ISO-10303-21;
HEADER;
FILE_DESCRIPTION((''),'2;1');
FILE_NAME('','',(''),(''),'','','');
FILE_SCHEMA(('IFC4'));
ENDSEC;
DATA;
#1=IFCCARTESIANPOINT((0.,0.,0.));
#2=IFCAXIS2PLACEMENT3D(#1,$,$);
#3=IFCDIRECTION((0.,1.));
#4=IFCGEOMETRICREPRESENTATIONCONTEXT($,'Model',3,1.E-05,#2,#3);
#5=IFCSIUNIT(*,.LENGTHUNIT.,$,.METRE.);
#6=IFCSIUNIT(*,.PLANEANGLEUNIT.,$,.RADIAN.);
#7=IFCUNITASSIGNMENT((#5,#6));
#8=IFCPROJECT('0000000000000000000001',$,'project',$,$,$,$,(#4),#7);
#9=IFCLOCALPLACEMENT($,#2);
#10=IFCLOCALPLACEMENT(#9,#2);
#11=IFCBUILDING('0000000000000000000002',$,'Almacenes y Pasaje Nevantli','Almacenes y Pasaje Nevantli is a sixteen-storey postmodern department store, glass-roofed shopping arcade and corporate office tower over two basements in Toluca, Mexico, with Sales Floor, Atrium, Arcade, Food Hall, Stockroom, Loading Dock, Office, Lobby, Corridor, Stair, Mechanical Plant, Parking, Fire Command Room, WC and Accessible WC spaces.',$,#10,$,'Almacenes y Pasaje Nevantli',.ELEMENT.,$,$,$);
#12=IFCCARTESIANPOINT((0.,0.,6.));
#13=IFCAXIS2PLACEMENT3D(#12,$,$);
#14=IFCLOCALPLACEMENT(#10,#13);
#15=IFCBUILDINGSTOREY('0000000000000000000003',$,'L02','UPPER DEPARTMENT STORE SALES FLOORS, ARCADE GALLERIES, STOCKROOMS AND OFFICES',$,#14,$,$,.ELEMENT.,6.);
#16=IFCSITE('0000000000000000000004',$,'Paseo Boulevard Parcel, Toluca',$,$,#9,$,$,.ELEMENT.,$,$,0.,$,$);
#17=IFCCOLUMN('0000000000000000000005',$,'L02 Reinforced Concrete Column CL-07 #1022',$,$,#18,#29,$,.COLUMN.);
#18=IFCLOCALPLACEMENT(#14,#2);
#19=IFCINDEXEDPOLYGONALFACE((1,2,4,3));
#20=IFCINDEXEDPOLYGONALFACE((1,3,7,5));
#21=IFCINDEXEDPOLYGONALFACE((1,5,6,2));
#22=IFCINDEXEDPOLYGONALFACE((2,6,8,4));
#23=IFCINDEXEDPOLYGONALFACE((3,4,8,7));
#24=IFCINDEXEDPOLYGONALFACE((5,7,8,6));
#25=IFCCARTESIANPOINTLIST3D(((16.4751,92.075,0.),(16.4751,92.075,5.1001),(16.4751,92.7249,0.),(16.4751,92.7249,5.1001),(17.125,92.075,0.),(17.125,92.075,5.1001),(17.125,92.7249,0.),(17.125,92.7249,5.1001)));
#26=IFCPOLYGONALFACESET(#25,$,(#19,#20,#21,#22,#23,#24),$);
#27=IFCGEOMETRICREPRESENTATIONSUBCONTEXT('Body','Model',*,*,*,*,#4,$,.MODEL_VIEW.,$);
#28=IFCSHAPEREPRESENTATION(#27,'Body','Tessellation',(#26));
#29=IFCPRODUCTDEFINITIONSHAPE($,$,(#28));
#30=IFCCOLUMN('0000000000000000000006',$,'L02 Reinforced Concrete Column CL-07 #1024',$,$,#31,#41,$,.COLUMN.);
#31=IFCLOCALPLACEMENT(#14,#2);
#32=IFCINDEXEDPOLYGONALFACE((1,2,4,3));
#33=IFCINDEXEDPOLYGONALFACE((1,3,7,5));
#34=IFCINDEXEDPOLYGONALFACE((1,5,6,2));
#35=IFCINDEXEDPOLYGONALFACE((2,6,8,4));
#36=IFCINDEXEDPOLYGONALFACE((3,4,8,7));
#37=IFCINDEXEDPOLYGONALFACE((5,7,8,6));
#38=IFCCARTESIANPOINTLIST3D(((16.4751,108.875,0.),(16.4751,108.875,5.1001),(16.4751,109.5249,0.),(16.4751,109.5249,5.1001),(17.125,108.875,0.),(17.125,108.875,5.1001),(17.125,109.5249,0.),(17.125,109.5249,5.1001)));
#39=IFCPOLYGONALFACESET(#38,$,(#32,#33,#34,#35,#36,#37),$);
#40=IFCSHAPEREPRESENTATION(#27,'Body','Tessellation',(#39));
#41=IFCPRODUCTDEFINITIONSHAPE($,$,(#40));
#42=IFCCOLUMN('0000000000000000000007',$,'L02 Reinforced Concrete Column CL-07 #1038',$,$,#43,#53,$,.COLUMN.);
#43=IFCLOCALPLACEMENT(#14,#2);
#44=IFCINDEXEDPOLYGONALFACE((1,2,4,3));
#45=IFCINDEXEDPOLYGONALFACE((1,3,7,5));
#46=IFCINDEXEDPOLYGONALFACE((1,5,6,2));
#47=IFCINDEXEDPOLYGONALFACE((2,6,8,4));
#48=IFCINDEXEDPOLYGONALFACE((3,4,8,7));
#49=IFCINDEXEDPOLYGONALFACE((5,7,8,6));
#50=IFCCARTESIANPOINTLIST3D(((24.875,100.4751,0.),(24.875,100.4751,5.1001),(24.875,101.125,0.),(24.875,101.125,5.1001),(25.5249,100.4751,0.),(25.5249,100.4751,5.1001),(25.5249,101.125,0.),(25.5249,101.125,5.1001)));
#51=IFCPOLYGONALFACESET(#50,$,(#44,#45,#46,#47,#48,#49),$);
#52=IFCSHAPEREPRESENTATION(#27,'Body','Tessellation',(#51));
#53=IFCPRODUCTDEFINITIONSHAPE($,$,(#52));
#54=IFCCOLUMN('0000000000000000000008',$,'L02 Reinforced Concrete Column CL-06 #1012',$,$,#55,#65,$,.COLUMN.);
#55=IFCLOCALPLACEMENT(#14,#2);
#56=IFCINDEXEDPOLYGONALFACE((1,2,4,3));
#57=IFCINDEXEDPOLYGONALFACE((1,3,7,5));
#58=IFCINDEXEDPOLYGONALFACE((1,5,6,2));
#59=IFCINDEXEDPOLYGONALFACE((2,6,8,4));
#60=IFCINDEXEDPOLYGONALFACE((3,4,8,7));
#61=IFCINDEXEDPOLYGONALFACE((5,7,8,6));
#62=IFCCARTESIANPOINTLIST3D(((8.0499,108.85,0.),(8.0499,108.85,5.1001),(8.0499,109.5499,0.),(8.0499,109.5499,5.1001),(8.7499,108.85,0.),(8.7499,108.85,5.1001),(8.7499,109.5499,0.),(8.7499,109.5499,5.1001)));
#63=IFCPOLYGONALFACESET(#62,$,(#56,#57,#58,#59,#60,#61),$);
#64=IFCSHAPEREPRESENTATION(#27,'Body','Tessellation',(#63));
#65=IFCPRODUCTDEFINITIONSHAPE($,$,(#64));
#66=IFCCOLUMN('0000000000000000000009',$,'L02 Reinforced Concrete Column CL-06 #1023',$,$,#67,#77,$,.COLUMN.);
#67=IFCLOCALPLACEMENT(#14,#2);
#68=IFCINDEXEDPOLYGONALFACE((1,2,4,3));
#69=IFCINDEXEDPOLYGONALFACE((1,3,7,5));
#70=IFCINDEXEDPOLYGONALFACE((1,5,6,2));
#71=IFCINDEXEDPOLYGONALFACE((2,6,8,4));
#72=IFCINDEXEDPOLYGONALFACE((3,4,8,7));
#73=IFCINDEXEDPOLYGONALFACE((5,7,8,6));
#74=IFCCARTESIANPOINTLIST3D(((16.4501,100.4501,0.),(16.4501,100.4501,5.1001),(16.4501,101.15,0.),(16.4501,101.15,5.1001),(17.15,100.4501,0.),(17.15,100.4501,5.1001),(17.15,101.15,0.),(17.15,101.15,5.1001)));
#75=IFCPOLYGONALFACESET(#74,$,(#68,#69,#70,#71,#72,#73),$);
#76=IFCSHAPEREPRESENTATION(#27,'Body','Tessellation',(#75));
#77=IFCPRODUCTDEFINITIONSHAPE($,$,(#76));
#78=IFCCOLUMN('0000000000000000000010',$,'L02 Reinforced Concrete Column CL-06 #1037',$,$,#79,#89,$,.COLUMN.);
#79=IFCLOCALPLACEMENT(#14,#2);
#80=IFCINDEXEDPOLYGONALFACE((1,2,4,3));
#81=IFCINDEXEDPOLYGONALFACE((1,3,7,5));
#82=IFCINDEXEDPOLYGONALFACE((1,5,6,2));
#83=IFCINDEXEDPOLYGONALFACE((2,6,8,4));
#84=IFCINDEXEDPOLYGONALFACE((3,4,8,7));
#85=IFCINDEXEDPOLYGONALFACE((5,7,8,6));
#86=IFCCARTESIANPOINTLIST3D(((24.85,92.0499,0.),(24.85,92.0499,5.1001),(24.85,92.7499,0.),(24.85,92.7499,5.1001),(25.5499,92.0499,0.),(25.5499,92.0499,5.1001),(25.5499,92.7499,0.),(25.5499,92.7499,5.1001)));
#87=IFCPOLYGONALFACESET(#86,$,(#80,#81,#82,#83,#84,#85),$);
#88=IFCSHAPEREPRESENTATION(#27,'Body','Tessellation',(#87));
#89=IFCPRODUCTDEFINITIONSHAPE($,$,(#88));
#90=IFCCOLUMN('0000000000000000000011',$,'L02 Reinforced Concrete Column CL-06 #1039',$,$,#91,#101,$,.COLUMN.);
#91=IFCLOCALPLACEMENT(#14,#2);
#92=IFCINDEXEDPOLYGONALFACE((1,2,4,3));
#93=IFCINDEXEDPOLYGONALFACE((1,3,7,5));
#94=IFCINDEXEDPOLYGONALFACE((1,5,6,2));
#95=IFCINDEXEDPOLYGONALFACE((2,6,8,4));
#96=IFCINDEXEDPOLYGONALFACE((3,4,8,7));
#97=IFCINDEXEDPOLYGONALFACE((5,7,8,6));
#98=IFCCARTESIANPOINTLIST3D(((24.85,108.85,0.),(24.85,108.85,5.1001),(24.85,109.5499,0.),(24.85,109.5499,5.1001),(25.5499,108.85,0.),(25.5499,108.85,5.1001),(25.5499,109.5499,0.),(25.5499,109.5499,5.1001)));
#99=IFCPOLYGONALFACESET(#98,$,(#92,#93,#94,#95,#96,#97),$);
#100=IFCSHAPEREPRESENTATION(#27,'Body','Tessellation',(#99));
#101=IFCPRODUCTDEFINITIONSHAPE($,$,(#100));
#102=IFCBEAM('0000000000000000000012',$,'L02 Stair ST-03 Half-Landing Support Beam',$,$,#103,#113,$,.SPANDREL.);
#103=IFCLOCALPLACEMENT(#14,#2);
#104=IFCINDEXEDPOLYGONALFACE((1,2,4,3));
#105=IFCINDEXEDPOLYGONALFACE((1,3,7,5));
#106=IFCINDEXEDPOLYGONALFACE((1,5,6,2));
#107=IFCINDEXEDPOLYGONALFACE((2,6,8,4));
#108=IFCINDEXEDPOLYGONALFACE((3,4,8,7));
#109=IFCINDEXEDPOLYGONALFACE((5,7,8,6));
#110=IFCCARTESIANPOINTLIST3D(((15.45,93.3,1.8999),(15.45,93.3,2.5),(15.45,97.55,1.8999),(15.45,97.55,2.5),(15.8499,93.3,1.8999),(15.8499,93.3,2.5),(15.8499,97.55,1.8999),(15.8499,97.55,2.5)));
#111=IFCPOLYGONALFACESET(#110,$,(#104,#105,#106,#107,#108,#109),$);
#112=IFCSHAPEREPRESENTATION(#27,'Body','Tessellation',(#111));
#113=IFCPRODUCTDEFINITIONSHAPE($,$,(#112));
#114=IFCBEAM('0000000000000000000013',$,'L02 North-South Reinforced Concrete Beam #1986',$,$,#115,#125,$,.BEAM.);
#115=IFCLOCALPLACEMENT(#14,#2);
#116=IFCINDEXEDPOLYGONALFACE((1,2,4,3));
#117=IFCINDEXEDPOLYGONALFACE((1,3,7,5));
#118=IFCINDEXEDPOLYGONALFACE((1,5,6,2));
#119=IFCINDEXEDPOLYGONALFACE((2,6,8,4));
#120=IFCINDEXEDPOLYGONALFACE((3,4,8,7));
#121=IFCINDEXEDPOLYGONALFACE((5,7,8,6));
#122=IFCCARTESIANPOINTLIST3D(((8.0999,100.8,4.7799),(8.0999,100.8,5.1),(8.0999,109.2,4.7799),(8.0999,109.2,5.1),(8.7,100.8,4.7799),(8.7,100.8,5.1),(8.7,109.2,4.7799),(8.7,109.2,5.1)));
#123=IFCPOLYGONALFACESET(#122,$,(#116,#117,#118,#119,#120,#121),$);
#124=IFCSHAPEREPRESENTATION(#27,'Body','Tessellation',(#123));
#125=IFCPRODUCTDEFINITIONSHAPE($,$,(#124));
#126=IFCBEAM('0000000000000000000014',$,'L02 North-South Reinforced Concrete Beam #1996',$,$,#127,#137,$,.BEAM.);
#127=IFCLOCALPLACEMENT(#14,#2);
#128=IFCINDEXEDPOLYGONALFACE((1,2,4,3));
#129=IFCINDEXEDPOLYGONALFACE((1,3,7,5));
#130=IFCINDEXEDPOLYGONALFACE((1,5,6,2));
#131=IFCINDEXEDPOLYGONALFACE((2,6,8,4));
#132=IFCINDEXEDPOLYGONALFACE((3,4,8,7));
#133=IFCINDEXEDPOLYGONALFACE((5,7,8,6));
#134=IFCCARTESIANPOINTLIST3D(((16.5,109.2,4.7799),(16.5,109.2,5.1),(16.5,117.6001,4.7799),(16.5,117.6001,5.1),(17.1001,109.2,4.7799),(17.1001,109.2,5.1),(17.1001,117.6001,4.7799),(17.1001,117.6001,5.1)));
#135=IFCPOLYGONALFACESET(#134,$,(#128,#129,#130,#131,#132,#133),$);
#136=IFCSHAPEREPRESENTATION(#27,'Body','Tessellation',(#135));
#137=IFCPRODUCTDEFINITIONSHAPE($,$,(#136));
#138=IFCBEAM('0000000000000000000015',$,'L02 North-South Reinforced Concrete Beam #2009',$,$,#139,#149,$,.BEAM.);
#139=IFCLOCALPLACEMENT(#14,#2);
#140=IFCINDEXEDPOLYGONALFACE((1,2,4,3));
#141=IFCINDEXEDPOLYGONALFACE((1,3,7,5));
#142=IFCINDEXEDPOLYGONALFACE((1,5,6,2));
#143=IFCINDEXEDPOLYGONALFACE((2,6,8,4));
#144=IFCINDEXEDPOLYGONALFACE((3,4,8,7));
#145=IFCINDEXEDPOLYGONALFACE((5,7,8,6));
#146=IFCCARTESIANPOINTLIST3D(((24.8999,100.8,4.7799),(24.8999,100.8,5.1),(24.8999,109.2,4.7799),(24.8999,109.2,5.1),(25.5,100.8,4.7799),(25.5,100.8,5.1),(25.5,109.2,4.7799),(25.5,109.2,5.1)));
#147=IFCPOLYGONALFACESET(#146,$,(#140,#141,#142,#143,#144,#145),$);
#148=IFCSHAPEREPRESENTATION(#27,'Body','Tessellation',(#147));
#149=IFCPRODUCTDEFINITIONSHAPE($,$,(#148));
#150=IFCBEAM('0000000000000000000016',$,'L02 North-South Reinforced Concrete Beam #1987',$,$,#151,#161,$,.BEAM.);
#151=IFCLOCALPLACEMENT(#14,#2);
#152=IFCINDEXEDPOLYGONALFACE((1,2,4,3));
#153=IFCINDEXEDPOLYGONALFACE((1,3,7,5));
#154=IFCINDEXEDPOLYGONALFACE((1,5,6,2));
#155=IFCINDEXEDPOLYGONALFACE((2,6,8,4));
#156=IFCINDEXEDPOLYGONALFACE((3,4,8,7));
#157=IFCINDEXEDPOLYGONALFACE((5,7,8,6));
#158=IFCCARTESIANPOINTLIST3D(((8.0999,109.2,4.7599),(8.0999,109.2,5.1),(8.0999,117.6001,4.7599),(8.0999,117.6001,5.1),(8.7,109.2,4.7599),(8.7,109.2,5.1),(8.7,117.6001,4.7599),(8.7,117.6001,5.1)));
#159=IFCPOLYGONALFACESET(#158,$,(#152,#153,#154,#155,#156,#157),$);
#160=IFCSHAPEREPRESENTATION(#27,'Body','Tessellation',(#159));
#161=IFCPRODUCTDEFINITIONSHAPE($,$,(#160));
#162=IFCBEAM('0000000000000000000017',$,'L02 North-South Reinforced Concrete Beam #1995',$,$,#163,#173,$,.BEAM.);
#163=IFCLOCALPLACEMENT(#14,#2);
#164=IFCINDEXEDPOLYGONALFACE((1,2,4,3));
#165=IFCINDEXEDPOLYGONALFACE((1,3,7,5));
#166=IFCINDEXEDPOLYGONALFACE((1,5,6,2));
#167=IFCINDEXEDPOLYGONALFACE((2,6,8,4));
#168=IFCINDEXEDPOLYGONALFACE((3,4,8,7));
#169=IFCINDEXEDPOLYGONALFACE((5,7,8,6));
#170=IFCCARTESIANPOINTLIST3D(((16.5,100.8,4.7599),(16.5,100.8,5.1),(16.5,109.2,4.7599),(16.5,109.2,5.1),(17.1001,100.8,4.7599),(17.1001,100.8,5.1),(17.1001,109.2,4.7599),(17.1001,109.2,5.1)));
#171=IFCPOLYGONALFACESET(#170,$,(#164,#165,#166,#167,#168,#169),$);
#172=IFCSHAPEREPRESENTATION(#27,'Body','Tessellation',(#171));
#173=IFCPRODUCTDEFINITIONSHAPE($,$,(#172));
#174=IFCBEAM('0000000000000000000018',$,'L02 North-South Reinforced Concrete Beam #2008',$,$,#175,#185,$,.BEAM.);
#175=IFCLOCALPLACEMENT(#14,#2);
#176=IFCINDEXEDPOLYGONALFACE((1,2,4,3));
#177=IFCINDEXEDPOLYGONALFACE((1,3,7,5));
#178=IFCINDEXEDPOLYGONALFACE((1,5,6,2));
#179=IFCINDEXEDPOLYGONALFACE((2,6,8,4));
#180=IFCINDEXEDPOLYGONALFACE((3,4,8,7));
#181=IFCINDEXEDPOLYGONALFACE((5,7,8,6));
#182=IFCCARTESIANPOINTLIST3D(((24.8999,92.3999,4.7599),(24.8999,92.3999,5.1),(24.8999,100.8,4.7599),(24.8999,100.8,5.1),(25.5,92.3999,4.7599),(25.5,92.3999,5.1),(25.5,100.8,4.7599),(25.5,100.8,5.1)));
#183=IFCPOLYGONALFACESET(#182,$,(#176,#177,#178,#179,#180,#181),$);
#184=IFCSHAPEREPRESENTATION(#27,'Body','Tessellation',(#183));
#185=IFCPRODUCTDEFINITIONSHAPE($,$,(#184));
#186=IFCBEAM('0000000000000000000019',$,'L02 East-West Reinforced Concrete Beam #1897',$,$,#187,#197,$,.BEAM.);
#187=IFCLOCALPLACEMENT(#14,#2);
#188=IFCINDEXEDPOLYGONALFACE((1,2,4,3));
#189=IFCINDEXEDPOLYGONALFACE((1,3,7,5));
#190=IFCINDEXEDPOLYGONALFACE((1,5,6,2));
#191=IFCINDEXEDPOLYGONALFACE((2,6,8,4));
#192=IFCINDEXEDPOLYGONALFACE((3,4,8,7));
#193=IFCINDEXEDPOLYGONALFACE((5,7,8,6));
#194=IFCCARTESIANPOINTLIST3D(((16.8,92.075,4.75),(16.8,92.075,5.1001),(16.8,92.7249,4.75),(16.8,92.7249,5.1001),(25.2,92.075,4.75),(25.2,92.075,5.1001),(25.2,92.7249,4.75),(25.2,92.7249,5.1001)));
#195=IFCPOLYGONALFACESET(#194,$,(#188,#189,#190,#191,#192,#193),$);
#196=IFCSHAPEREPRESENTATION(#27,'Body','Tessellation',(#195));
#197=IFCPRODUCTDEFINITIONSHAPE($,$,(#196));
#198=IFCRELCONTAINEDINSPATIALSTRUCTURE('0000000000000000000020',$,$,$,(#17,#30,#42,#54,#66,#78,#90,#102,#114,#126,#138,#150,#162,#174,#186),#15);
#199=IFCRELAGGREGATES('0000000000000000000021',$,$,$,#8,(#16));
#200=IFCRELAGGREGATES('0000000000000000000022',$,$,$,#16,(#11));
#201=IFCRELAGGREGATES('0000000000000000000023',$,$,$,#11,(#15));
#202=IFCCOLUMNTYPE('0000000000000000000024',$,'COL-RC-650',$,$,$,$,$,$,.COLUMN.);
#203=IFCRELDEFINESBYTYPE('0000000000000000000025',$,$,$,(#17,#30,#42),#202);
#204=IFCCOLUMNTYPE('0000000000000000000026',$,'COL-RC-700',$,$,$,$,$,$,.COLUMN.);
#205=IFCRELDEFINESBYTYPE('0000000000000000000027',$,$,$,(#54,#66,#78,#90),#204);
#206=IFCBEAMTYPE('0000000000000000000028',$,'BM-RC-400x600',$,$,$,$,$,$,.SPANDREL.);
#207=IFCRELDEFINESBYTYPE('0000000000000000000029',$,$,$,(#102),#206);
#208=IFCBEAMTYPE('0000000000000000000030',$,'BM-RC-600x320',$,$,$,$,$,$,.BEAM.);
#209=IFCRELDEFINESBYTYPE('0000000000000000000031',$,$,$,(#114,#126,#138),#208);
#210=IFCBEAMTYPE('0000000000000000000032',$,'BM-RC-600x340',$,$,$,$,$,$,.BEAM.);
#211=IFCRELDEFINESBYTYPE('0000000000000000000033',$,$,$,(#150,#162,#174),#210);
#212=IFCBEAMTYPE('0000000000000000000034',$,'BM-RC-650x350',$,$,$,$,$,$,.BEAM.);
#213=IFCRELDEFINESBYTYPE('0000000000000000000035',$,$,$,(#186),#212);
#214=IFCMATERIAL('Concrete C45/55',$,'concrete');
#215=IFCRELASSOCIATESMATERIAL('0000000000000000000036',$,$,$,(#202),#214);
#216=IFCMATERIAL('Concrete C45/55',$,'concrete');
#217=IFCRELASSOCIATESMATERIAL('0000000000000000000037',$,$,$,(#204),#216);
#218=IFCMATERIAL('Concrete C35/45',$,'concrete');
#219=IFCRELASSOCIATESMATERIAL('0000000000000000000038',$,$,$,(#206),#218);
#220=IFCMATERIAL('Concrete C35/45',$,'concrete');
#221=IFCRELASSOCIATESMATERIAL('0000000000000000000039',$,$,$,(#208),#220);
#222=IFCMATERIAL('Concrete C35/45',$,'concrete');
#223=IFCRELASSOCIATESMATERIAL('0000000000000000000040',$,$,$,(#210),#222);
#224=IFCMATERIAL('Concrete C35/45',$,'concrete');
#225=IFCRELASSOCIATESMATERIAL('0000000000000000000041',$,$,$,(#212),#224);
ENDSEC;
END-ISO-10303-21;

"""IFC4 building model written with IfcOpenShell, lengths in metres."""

from ifc_helpers import new_model, si_unit, direction, frame, origin, origin_2d, place, context, subcontext, project, spatial, rectangle, extrude, material, material_profile, profile_set, type_object, element, save


model = new_model("IFC4")

# Units and contexts
model_context = context("Model", 3, precision=1e-05, world=origin(), true_north=direction((0.0, 1.0)))
body_context = subcontext(model_context, "Body", "Model", "MODEL_VIEW")
ifc_project = project(units=[si_unit("LENGTHUNIT", "METRE"), si_unit("PLANEANGLEUNIT", "RADIAN")], contexts=[model_context])

# Site, building, storey
site_placement = place(None, origin())
site = spatial("IfcSite", under=ifc_project, at=site_placement, Name="Paseo Boulevard Parcel, Toluca", CompositionType="ELEMENT", RefElevation=0.0)
building_placement = place(site_placement, origin())
building = spatial("IfcBuilding", under=site, at=building_placement, Name="Almacenes y Pasaje Nevantli", Description="Almacenes y Pasaje Nevantli is a sixteen-storey postmodern department store, glass-roofed shopping arcade and corporate office tower over two basements in Toluca, Mexico, with Sales Floor, Atrium, Arcade, Food Hall, Stockroom, Loading Dock, Office, Lobby, Corridor, Stair, Mechanical Plant, Parking, Fire Command Room, WC and Accessible WC spaces.", LongName="Almacenes y Pasaje Nevantli", CompositionType="ELEMENT")
storey_placement = place(building_placement, frame((0.0, 0.0, 6.0)))
storey = spatial("IfcBuildingStorey", under=building, at=storey_placement, Name="L02", Description="UPPER DEPARTMENT STORE SALES FLOORS, ARCADE GALLERIES, STOCKROOMS AND OFFICES", CompositionType="ELEMENT", Elevation=6.0)

# Columns
ifc_material_1 = material(Name="Concrete C45/55", Category="concrete")
ifc_material_profile_1 = material_profile(ifc_material_1, rectangle(XDim=0.6499, YDim=0.6499, at=origin_2d()), Name="RC-COL-650x650")
ifc_profile_set_1 = profile_set([ifc_material_profile_1], Name="Concrete C45/55")
column_type_1 = type_object("IfcColumnType", Name="COL-RC-650", PredefinedType="COLUMN", material=ifc_profile_set_1)
for number, where, z_axis, x_axis, name in (
    (1, (16.8, 92.3999, 0.0), (0.0, 0.0, 1.0), (1.0, 0.0, 0.0), "L02 Reinforced Concrete Column CL-07 #1022"),
    (2, (16.8, 109.2, 0.0), (0.0, 0.0, 1.0), (1.0, 0.0, 0.0), "L02 Reinforced Concrete Column CL-07 #1024"),
    (3, (25.2, 100.8, 0.0), (0.0, 0.0, 1.0), (1.0, 0.0, 0.0), "L02 Reinforced Concrete Column CL-07 #1038"),
):
    element("IfcColumn", number, at=place(storey_placement, frame(where, z_axis=z_axis, x_axis=x_axis)), inside=storey, type_object=column_type_1, Name=name, PredefinedType="COLUMN", context=body_context, shape_type="SweptSolid", body=[
        extrude(rectangle(XDim=0.6499, YDim=0.6499, at=origin_2d()), origin(), (0.0, 0.0, 1.0), 5.1001),
    ])
ifc_material_2 = material(Name="Concrete C45/55", Category="concrete")
ifc_material_profile_2 = material_profile(ifc_material_2, rectangle(XDim=0.7, YDim=0.7, at=origin_2d()), Name="RC-COL-700x700")
ifc_profile_set_2 = profile_set([ifc_material_profile_2], Name="Concrete C45/55")
column_type_2 = type_object("IfcColumnType", Name="COL-RC-700", PredefinedType="COLUMN", material=ifc_profile_set_2)
for number, where, z_axis, x_axis, name in (
    (4, (8.3999, 109.2, 0.0), (0.0, 0.0, 1.0), (1.0, 0.0, 0.0), "L02 Reinforced Concrete Column CL-06 #1012"),
    (5, (16.8, 100.8, 0.0), (0.0, 0.0, 1.0), (1.0, 0.0, 0.0), "L02 Reinforced Concrete Column CL-06 #1023"),
    (6, (25.2, 92.3999, 0.0), (0.0, 0.0, 1.0), (1.0, 0.0, 0.0), "L02 Reinforced Concrete Column CL-06 #1037"),
    (7, (25.2, 109.2, 0.0), (0.0, 0.0, 1.0), (1.0, 0.0, 0.0), "L02 Reinforced Concrete Column CL-06 #1039"),
):
    element("IfcColumn", number, at=place(storey_placement, frame(where, z_axis=z_axis, x_axis=x_axis)), inside=storey, type_object=column_type_2, Name=name, PredefinedType="COLUMN", context=body_context, shape_type="SweptSolid", body=[
        extrude(rectangle(XDim=0.7, YDim=0.7, at=origin_2d()), origin(), (0.0, 0.0, 1.0), 5.1001),
    ])

# Beams
ifc_material_3 = material(Name="Concrete C35/45", Category="concrete")
ifc_material_profile_3 = material_profile(ifc_material_3, rectangle(XDim=0.3999, YDim=0.6001, at=origin_2d()), Name="RC-BM-400x600")
ifc_profile_set_3 = profile_set([ifc_material_profile_3], Name="Concrete C35/45")
beam_type_1 = type_object("IfcBeamType", Name="BM-RC-400x600", PredefinedType="SPANDREL", material=ifc_profile_set_3)
beam_1_placement = place(storey_placement, frame((15.6499, 93.3, 2.2), z_axis=(0.0, 1.0, 0.0), x_axis=(-1.0, 0.0, 0.0)))
element("IfcBeam", 8, at=beam_1_placement, inside=storey, type_object=beam_type_1, Name="L02 Stair ST-03 Half-Landing Support Beam", PredefinedType="SPANDREL", context=body_context, shape_type="SweptSolid", body=[
    extrude(rectangle(XDim=0.3999, YDim=0.6001, at=origin_2d()), origin(), (0.0, 0.0, 1.0), 4.25),
])
ifc_material_4 = material(Name="Concrete C35/45", Category="concrete")
ifc_material_profile_4 = material_profile(ifc_material_4, rectangle(XDim=0.6001, YDim=0.3201, at=origin_2d()), Name="RC-BM-600x320")
ifc_profile_set_4 = profile_set([ifc_material_profile_4], Name="Concrete C35/45")
beam_type_2 = type_object("IfcBeamType", Name="BM-RC-600x320", PredefinedType="BEAM", material=ifc_profile_set_4)
beam_2_placement = place(storey_placement, frame((8.3999, 100.8, 4.9399), z_axis=(0.0, 1.0, 0.0), x_axis=(-1.0, 0.0, 0.0)))
element("IfcBeam", 9, at=beam_2_placement, inside=storey, type_object=beam_type_2, Name="L02 North-South Reinforced Concrete Beam #1986", PredefinedType="BEAM", context=body_context, shape_type="SweptSolid", body=[
    extrude(rectangle(XDim=0.6001, YDim=0.3201, at=origin_2d()), origin(), (0.0, 0.0, 1.0), 8.3999),
])
beam_3_placement = place(storey_placement, frame((16.8, 109.2, 4.9399), z_axis=(0.0, 1.0, 0.0), x_axis=(-1.0, 0.0, 0.0)))
element("IfcBeam", 10, at=beam_3_placement, inside=storey, type_object=beam_type_2, Name="L02 North-South Reinforced Concrete Beam #1996", PredefinedType="BEAM", context=body_context, shape_type="SweptSolid", body=[
    extrude(rectangle(XDim=0.6001, YDim=0.3201, at=origin_2d()), origin(), (0.0, 0.0, 1.0), 8.4001),
])
beam_4_placement = place(storey_placement, frame((25.2, 100.8, 4.9399), z_axis=(0.0, 1.0, 0.0), x_axis=(-1.0, 0.0, 0.0)))
element("IfcBeam", 11, at=beam_4_placement, inside=storey, type_object=beam_type_2, Name="L02 North-South Reinforced Concrete Beam #2009", PredefinedType="BEAM", context=body_context, shape_type="SweptSolid", body=[
    extrude(rectangle(XDim=0.6001, YDim=0.3201, at=origin_2d()), origin(), (0.0, 0.0, 1.0), 8.3999),
])
ifc_material_5 = material(Name="Concrete C35/45", Category="concrete")
ifc_material_profile_5 = material_profile(ifc_material_5, rectangle(XDim=0.6001, YDim=0.3401, at=origin_2d()), Name="RC-BM-600x340")
ifc_profile_set_5 = profile_set([ifc_material_profile_5], Name="Concrete C35/45")
beam_type_3 = type_object("IfcBeamType", Name="BM-RC-600x340", PredefinedType="BEAM", material=ifc_profile_set_5)
beam_5_placement = place(storey_placement, frame((8.3999, 109.2, 4.9299), z_axis=(0.0, 1.0, 0.0), x_axis=(-1.0, 0.0, 0.0)))
element("IfcBeam", 12, at=beam_5_placement, inside=storey, type_object=beam_type_3, Name="L02 North-South Reinforced Concrete Beam #1987", PredefinedType="BEAM", context=body_context, shape_type="SweptSolid", body=[
    extrude(rectangle(XDim=0.6001, YDim=0.3401, at=origin_2d()), origin(), (0.0, 0.0, 1.0), 8.4001),
])
beam_6_placement = place(storey_placement, frame((16.8, 100.8, 4.9299), z_axis=(0.0, 1.0, 0.0), x_axis=(-1.0, 0.0, 0.0)))
element("IfcBeam", 13, at=beam_6_placement, inside=storey, type_object=beam_type_3, Name="L02 North-South Reinforced Concrete Beam #1995", PredefinedType="BEAM", context=body_context, shape_type="SweptSolid", body=[
    extrude(rectangle(XDim=0.6001, YDim=0.3401, at=origin_2d()), origin(), (0.0, 0.0, 1.0), 8.3999),
])
beam_7_placement = place(storey_placement, frame((25.2, 92.3999, 4.9299), z_axis=(0.0, 1.0, 0.0), x_axis=(-1.0, 0.0, 0.0)))
element("IfcBeam", 14, at=beam_7_placement, inside=storey, type_object=beam_type_3, Name="L02 North-South Reinforced Concrete Beam #2008", PredefinedType="BEAM", context=body_context, shape_type="SweptSolid", body=[
    extrude(rectangle(XDim=0.6001, YDim=0.3401, at=origin_2d()), origin(), (0.0, 0.0, 1.0), 8.4001),
])
ifc_material_6 = material(Name="Concrete C35/45", Category="concrete")
ifc_material_profile_6 = material_profile(ifc_material_6, rectangle(XDim=0.6499, YDim=0.3501, at=origin_2d()), Name="RC-BM-650x350")
ifc_profile_set_6 = profile_set([ifc_material_profile_6], Name="Concrete C35/45")
beam_type_4 = type_object("IfcBeamType", Name="BM-RC-650x350", PredefinedType="BEAM", material=ifc_profile_set_6)
beam_8_placement = place(storey_placement, frame((16.8, 92.3999, 4.925), z_axis=(1.0, 0.0, 0.0), x_axis=(0.0, 1.0, 0.0)))
element("IfcBeam", 15, at=beam_8_placement, inside=storey, type_object=beam_type_4, Name="L02 East-West Reinforced Concrete Beam #1897", PredefinedType="BEAM", context=body_context, shape_type="SweptSolid", body=[
    extrude(rectangle(XDim=0.6499, YDim=0.3501, at=origin_2d()), origin(), (0.0, 0.0, 1.0), 8.3999),
])

save(model, "model.ifc")
